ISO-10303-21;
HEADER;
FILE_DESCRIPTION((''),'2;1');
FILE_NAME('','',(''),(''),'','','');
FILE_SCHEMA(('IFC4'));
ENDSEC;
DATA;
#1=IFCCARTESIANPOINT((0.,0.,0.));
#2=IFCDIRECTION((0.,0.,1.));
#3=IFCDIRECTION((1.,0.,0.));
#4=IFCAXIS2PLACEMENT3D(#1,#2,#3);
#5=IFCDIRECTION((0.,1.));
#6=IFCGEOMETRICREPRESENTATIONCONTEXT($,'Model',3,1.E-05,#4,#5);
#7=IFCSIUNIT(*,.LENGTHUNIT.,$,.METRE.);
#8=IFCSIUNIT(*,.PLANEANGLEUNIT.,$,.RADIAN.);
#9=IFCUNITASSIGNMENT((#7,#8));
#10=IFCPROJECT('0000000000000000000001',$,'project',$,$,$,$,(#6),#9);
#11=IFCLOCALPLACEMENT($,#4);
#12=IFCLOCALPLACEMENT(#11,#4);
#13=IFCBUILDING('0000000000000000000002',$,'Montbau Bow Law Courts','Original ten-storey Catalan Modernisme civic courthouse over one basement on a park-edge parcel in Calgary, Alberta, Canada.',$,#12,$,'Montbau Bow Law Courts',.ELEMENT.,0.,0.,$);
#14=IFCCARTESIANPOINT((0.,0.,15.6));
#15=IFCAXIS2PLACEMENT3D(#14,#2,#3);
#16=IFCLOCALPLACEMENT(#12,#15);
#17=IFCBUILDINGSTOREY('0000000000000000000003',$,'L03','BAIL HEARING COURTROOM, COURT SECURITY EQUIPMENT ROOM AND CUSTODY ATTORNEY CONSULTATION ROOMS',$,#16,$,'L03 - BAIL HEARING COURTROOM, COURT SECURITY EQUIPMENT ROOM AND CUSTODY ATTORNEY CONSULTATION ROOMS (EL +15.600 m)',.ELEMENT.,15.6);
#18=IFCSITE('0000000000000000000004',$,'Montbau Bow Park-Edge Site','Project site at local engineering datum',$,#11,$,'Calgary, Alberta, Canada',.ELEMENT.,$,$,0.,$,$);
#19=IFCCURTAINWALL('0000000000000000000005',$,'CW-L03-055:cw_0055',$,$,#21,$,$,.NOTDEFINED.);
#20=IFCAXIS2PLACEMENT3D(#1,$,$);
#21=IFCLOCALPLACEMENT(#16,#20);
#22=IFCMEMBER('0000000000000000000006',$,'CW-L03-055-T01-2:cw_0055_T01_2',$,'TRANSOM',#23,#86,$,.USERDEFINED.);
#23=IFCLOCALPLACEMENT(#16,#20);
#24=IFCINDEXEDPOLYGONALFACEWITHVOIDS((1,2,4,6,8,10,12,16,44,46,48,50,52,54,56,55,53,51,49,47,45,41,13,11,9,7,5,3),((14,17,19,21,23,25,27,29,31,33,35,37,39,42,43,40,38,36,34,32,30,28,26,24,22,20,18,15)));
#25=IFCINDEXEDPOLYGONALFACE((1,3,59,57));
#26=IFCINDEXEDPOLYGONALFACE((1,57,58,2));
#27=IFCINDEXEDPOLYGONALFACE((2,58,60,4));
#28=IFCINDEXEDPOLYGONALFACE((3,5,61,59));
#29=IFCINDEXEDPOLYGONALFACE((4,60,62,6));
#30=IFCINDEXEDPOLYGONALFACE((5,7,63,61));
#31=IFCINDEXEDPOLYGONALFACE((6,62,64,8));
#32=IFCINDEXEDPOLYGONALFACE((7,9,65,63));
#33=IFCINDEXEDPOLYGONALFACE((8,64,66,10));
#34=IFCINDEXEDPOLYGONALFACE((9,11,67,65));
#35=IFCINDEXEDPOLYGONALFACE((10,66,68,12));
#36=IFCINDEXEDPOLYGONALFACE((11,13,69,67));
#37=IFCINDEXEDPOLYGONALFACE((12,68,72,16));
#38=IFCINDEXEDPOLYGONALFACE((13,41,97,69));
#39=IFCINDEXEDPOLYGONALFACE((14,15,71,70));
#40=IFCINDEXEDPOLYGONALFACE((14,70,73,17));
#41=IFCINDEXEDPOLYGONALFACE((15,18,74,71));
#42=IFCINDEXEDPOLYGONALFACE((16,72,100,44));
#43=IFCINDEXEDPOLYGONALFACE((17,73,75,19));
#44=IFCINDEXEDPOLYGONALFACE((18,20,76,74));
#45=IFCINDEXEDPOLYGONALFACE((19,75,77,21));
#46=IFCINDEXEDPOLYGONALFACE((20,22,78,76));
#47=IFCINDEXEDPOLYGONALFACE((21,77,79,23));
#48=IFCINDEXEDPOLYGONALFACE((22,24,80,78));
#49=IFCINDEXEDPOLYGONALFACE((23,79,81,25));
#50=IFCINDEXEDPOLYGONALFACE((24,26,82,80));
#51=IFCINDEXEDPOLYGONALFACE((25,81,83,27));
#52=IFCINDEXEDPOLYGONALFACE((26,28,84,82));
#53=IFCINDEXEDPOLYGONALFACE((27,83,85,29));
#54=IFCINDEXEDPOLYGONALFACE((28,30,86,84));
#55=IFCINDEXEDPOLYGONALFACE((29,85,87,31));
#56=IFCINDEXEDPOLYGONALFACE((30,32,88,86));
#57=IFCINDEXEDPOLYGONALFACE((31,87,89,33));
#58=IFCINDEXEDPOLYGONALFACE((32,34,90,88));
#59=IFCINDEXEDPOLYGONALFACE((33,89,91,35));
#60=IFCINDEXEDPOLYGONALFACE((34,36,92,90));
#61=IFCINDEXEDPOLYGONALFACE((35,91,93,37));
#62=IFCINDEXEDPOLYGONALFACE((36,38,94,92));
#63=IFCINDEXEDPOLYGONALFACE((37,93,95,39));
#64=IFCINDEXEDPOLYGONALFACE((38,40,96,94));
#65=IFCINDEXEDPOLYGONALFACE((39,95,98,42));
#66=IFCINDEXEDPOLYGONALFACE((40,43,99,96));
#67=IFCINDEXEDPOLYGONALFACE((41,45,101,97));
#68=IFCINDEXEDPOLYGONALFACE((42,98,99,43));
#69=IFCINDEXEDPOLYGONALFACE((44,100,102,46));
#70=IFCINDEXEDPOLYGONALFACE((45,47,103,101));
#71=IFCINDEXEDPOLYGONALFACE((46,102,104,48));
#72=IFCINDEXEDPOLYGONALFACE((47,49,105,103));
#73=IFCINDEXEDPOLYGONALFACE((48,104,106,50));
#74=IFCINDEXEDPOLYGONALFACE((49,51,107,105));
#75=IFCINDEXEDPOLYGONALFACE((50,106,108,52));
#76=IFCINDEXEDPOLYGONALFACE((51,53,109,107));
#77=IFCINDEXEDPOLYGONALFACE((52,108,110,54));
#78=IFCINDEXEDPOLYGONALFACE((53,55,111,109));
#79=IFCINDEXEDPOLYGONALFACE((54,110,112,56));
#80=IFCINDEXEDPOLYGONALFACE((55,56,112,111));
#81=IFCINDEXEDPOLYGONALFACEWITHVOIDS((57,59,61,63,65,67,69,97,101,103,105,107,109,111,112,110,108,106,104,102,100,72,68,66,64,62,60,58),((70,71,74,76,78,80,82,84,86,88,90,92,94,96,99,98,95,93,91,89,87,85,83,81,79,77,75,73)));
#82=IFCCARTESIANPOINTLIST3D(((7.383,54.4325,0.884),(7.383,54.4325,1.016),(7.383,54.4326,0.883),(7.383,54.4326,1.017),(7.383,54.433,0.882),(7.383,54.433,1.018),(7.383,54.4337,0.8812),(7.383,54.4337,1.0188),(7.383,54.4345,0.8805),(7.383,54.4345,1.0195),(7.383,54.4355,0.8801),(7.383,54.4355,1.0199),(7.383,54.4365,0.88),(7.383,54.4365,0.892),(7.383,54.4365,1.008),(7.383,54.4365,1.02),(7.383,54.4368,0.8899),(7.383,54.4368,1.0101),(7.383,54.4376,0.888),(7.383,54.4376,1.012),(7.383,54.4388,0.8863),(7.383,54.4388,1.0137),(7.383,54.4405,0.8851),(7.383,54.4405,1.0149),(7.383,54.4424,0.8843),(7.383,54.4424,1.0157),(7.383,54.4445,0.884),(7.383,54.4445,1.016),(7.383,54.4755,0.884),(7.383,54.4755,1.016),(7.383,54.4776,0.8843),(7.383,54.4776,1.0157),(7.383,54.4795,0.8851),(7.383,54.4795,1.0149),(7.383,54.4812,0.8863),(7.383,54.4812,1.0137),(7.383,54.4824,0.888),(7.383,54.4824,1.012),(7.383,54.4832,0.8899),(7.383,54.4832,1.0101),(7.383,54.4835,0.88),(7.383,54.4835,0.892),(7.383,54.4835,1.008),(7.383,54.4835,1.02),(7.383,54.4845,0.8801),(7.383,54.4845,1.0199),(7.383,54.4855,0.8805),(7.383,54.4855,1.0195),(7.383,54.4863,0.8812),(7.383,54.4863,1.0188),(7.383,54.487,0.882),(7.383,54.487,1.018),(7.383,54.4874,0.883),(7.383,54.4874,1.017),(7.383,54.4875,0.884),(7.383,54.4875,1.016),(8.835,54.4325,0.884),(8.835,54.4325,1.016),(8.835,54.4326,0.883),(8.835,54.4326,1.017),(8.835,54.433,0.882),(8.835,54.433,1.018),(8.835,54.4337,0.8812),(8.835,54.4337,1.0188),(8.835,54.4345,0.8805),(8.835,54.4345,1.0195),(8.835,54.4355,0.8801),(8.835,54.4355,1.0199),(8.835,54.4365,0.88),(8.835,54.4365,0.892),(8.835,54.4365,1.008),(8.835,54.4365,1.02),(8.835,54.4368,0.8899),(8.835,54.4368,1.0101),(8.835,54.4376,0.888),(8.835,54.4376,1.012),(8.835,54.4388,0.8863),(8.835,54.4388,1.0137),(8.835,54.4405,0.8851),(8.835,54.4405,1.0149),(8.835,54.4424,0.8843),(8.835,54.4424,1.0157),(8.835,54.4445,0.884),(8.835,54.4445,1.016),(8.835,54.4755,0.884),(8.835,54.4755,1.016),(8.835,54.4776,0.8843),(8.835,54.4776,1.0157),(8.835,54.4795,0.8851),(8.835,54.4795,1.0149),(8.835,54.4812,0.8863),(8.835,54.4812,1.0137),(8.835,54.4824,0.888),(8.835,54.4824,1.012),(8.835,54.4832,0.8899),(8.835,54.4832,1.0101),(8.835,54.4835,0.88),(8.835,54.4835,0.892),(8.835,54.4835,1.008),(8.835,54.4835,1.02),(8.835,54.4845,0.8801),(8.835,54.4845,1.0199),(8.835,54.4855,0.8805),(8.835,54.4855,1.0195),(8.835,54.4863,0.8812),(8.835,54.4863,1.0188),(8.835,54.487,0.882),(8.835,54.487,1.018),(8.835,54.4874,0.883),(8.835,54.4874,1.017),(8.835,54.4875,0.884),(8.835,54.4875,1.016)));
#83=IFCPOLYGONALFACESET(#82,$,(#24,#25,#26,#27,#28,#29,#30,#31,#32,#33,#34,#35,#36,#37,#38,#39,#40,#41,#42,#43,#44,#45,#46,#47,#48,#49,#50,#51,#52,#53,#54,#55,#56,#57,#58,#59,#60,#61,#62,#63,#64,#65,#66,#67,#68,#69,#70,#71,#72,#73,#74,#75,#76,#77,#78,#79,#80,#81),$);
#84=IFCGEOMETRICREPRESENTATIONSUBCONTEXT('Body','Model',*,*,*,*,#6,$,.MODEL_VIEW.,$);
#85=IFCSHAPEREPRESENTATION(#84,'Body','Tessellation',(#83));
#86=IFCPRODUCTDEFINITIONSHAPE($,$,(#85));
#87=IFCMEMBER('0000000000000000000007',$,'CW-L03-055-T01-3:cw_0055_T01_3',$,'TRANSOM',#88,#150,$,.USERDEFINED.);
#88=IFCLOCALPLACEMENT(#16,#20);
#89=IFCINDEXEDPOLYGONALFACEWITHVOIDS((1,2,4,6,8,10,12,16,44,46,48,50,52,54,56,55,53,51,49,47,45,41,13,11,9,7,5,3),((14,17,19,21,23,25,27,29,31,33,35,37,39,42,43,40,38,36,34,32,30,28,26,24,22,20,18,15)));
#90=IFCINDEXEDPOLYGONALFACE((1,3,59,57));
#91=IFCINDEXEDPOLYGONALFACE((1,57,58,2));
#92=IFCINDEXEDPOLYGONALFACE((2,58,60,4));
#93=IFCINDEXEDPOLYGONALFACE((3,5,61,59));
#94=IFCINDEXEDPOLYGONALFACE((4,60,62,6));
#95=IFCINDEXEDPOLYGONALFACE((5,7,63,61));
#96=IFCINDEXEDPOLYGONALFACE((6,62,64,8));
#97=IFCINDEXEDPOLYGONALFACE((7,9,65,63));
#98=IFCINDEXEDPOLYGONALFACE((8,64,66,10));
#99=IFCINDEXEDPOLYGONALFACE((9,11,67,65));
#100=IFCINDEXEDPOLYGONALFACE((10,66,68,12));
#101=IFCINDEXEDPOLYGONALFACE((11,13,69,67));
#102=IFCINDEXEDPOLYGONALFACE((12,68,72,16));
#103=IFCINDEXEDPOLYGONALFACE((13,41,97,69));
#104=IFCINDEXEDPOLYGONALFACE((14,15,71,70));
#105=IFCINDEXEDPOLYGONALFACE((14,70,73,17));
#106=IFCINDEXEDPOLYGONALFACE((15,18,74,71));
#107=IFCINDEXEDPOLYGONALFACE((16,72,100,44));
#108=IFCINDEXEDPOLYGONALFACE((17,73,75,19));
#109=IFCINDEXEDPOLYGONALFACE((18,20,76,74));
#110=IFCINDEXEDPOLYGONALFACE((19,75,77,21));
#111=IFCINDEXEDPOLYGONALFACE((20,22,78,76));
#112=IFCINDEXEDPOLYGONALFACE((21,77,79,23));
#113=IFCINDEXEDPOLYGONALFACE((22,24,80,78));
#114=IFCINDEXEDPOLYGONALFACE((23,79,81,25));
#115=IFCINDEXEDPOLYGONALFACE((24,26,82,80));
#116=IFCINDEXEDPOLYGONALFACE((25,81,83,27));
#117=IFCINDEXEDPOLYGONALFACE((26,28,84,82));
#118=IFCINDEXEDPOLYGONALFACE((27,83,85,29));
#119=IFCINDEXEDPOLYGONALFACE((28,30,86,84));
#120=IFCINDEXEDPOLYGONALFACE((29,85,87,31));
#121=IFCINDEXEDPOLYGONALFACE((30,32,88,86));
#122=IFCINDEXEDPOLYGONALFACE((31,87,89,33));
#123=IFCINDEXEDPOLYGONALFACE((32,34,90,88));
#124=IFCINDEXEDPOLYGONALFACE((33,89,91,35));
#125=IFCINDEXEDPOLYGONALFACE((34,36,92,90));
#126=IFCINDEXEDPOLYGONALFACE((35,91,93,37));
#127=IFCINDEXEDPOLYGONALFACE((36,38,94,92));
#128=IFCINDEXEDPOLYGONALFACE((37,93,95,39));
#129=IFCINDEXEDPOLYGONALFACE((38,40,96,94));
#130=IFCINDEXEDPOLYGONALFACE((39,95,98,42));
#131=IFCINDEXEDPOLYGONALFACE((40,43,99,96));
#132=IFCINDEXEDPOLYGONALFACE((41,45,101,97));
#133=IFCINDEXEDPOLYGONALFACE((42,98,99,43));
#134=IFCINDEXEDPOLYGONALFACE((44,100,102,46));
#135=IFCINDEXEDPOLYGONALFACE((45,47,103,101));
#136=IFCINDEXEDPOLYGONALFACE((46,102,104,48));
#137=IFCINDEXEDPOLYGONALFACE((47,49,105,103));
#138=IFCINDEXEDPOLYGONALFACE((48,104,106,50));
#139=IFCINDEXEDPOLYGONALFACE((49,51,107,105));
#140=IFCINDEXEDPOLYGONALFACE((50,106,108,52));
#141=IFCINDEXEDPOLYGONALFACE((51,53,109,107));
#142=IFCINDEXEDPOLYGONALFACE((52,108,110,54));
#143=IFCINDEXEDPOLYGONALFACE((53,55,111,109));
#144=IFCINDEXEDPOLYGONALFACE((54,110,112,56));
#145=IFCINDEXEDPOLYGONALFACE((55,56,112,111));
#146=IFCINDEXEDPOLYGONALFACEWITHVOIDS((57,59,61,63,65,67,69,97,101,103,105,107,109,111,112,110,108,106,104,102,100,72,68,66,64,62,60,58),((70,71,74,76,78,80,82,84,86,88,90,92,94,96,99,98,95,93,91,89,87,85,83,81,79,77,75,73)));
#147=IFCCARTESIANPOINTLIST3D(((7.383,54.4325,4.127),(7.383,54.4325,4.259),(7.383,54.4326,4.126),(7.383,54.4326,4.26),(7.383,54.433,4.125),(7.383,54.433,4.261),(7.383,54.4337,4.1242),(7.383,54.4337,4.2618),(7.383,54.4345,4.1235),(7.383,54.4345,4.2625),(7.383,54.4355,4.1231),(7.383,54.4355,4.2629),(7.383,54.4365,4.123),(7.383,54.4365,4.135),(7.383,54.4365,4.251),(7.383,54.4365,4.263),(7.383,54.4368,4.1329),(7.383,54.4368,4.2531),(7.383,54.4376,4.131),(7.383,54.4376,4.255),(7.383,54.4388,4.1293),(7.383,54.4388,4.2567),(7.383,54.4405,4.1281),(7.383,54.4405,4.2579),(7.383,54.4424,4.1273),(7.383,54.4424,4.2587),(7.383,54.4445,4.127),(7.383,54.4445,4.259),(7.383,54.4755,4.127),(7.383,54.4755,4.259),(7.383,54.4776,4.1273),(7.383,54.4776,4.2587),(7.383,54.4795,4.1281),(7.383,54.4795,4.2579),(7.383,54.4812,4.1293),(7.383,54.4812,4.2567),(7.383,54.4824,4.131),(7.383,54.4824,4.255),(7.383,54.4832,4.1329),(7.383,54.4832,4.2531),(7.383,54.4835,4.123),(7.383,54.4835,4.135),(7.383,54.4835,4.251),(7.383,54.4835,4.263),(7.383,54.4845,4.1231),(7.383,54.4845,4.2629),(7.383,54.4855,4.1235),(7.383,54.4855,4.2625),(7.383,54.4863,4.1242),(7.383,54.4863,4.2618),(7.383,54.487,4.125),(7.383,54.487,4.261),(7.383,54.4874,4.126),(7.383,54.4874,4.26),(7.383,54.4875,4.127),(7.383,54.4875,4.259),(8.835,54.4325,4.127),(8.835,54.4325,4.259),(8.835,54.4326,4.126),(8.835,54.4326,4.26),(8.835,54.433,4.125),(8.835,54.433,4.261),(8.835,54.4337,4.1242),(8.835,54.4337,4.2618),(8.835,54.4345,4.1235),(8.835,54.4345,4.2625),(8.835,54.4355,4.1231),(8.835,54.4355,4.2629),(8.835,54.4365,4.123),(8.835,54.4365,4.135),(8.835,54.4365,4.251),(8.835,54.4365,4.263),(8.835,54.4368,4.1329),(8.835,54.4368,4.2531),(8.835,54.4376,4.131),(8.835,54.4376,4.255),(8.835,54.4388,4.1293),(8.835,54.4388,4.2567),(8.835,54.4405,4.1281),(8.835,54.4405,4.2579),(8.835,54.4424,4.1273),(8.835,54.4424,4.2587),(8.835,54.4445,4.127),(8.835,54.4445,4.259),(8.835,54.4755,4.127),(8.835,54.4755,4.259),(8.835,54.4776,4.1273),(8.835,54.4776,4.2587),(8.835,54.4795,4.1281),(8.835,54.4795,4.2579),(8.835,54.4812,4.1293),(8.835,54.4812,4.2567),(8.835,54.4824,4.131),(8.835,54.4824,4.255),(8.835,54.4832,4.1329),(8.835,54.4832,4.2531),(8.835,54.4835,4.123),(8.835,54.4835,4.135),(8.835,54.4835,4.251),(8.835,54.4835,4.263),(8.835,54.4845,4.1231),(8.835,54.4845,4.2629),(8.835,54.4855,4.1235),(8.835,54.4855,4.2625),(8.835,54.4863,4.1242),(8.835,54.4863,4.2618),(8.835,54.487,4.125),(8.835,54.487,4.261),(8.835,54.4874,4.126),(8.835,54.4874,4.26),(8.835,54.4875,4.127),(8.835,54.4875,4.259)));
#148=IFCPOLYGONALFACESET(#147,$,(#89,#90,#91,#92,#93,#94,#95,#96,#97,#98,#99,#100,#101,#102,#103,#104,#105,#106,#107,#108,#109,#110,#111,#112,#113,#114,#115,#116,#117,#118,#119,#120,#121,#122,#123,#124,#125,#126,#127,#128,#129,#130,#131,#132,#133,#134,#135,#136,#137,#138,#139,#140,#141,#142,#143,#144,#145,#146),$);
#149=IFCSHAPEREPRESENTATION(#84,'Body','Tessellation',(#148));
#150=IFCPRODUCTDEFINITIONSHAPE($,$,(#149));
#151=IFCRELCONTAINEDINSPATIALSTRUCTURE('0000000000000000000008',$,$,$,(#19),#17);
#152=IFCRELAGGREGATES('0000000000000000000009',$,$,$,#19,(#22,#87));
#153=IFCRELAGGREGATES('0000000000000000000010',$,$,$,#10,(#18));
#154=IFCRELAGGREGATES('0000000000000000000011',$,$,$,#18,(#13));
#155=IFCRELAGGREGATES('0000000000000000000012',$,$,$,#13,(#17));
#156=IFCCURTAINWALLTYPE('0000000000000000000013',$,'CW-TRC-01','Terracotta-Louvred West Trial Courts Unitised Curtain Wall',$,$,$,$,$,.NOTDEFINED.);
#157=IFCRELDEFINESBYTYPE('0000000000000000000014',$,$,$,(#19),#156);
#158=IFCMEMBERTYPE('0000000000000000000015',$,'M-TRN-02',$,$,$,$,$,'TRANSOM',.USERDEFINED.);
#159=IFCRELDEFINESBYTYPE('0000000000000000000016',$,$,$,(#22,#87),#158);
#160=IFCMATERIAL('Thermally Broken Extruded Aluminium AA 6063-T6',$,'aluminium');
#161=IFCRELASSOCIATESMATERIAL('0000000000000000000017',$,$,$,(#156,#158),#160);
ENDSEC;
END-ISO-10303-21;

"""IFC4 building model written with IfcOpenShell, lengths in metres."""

from ifc_helpers import new_model, si_unit, direction, frame, origin_with_axes, origin_2d_with_axis, place, context, subcontext, project, spatial, hollow_rectangle, extrude, material, material_profile, profile_set, type_object, element, aggregate, save


model = new_model("IFC4")

# Units and contexts
model_context = context("Model", 3, precision=1e-05, world=origin_with_axes(), true_north=direction((0.0, 1.0)))
body_context = subcontext(model_context, "Body", "Model", "MODEL_VIEW")
ifc_project = project(units=[si_unit("LENGTHUNIT", "METRE"), si_unit("PLANEANGLEUNIT", "RADIAN")], contexts=[model_context])

# Site, building, storey
site_placement = place(None, origin_with_axes())
site = spatial("IfcSite", under=ifc_project, at=site_placement, Name="Montbau Bow Park-Edge Site", Description="Project site at local engineering datum", LongName="Calgary, Alberta, Canada", CompositionType="ELEMENT", RefElevation=0.0)
building_placement = place(site_placement, origin_with_axes())
building = spatial("IfcBuilding", under=site, at=building_placement, Name="Montbau Bow Law Courts", Description="Original ten-storey Catalan Modernisme civic courthouse over one basement on a park-edge parcel in Calgary, Alberta, Canada.", LongName="Montbau Bow Law Courts", CompositionType="ELEMENT", ElevationOfRefHeight=0.0, ElevationOfTerrain=0.0)
storey_placement = place(building_placement, frame((0.0, 0.0, 15.6), z_axis=(0.0, 0.0, 1.0), x_axis=(1.0, 0.0, 0.0)))
storey = spatial("IfcBuildingStorey", under=building, at=storey_placement, Name="L03", Description="BAIL HEARING COURTROOM, COURT SECURITY EQUIPMENT ROOM AND CUSTODY ATTORNEY CONSULTATION ROOMS", LongName="L03 - BAIL HEARING COURTROOM, COURT SECURITY EQUIPMENT ROOM AND CUSTODY ATTORNEY CONSULTATION ROOMS (EL +15.600 m)", CompositionType="ELEMENT", Elevation=15.6)

# Shared definitions
ifc_material_1 = material(Name="Thermally Broken Extruded Aluminium AA 6063-T6", Category="aluminium")
curtain_wall_type = type_object("IfcCurtainWallType", Name="CW-TRC-01", Description="Terracotta-Louvred West Trial Courts Unitised Curtain Wall", PredefinedType="NOTDEFINED", material=ifc_material_1)

# Curtain wall, members
curtain_wall_1_placement = place(None, frame((7.315, 54.46, 15.6), z_axis=(0.0, 0.0, 1.0), x_axis=(1.0, 0.0, 0.0)))
curtain_wall_1 = element("IfcCurtainWall", 1, at=curtain_wall_1_placement, inside=storey, type_object=curtain_wall_type, Name="CW-L03-055:cw_0055", PredefinedType="NOTDEFINED")
ifc_material_profile_1 = material_profile(ifc_material_1, hollow_rectangle(XDim=0.055, YDim=0.14, WallThickness=0.004, InnerFilletRadius=0.008, OuterFilletRadius=0.004, at=origin_2d_with_axis()), Name="CWT-140X55", Category="Main", Priority=0)
ifc_profile_set_1 = profile_set([ifc_material_profile_1], Name="Thermally Broken Extruded Aluminium AA 6063-T6")
member_type_1 = type_object("IfcMemberType", Name="M-TRN-02", ElementType="TRANSOM", PredefinedType="USERDEFINED", material=ifc_profile_set_1)
member_1_placement = place(None, frame((7.383, 54.46, 16.55), z_axis=(1.0, 0.0, 0.0), x_axis=(0.0, 1.0, 0.0)))
member_1 = element("IfcMember", 2, at=member_1_placement, type_object=member_type_1, Name="CW-L03-055-T01-2:cw_0055_T01_2", ObjectType="TRANSOM", PredefinedType="USERDEFINED", context=body_context, shape_type="SweptSolid", body=[
    extrude(hollow_rectangle(XDim=0.055, YDim=0.14, WallThickness=0.004, InnerFilletRadius=0.008, OuterFilletRadius=0.004, at=origin_2d_with_axis()), origin_with_axes(), (0.0, 0.0, 1.0), 1.452),
])
member_2_placement = place(None, frame((7.383, 54.46, 19.793), z_axis=(1.0, 0.0, 0.0), x_axis=(0.0, 1.0, 0.0)))
member_2 = element("IfcMember", 3, at=member_2_placement, type_object=member_type_1, Name="CW-L03-055-T01-3:cw_0055_T01_3", ObjectType="TRANSOM", PredefinedType="USERDEFINED", context=body_context, shape_type="SweptSolid", body=[
    extrude(hollow_rectangle(XDim=0.055, YDim=0.14, WallThickness=0.004, InnerFilletRadius=0.008, OuterFilletRadius=0.004, at=origin_2d_with_axis()), origin_with_axes(), (0.0, 0.0, 1.0), 1.452),
])

aggregate(curtain_wall_1, [member_1, member_2])

save(model, "model.ifc")
